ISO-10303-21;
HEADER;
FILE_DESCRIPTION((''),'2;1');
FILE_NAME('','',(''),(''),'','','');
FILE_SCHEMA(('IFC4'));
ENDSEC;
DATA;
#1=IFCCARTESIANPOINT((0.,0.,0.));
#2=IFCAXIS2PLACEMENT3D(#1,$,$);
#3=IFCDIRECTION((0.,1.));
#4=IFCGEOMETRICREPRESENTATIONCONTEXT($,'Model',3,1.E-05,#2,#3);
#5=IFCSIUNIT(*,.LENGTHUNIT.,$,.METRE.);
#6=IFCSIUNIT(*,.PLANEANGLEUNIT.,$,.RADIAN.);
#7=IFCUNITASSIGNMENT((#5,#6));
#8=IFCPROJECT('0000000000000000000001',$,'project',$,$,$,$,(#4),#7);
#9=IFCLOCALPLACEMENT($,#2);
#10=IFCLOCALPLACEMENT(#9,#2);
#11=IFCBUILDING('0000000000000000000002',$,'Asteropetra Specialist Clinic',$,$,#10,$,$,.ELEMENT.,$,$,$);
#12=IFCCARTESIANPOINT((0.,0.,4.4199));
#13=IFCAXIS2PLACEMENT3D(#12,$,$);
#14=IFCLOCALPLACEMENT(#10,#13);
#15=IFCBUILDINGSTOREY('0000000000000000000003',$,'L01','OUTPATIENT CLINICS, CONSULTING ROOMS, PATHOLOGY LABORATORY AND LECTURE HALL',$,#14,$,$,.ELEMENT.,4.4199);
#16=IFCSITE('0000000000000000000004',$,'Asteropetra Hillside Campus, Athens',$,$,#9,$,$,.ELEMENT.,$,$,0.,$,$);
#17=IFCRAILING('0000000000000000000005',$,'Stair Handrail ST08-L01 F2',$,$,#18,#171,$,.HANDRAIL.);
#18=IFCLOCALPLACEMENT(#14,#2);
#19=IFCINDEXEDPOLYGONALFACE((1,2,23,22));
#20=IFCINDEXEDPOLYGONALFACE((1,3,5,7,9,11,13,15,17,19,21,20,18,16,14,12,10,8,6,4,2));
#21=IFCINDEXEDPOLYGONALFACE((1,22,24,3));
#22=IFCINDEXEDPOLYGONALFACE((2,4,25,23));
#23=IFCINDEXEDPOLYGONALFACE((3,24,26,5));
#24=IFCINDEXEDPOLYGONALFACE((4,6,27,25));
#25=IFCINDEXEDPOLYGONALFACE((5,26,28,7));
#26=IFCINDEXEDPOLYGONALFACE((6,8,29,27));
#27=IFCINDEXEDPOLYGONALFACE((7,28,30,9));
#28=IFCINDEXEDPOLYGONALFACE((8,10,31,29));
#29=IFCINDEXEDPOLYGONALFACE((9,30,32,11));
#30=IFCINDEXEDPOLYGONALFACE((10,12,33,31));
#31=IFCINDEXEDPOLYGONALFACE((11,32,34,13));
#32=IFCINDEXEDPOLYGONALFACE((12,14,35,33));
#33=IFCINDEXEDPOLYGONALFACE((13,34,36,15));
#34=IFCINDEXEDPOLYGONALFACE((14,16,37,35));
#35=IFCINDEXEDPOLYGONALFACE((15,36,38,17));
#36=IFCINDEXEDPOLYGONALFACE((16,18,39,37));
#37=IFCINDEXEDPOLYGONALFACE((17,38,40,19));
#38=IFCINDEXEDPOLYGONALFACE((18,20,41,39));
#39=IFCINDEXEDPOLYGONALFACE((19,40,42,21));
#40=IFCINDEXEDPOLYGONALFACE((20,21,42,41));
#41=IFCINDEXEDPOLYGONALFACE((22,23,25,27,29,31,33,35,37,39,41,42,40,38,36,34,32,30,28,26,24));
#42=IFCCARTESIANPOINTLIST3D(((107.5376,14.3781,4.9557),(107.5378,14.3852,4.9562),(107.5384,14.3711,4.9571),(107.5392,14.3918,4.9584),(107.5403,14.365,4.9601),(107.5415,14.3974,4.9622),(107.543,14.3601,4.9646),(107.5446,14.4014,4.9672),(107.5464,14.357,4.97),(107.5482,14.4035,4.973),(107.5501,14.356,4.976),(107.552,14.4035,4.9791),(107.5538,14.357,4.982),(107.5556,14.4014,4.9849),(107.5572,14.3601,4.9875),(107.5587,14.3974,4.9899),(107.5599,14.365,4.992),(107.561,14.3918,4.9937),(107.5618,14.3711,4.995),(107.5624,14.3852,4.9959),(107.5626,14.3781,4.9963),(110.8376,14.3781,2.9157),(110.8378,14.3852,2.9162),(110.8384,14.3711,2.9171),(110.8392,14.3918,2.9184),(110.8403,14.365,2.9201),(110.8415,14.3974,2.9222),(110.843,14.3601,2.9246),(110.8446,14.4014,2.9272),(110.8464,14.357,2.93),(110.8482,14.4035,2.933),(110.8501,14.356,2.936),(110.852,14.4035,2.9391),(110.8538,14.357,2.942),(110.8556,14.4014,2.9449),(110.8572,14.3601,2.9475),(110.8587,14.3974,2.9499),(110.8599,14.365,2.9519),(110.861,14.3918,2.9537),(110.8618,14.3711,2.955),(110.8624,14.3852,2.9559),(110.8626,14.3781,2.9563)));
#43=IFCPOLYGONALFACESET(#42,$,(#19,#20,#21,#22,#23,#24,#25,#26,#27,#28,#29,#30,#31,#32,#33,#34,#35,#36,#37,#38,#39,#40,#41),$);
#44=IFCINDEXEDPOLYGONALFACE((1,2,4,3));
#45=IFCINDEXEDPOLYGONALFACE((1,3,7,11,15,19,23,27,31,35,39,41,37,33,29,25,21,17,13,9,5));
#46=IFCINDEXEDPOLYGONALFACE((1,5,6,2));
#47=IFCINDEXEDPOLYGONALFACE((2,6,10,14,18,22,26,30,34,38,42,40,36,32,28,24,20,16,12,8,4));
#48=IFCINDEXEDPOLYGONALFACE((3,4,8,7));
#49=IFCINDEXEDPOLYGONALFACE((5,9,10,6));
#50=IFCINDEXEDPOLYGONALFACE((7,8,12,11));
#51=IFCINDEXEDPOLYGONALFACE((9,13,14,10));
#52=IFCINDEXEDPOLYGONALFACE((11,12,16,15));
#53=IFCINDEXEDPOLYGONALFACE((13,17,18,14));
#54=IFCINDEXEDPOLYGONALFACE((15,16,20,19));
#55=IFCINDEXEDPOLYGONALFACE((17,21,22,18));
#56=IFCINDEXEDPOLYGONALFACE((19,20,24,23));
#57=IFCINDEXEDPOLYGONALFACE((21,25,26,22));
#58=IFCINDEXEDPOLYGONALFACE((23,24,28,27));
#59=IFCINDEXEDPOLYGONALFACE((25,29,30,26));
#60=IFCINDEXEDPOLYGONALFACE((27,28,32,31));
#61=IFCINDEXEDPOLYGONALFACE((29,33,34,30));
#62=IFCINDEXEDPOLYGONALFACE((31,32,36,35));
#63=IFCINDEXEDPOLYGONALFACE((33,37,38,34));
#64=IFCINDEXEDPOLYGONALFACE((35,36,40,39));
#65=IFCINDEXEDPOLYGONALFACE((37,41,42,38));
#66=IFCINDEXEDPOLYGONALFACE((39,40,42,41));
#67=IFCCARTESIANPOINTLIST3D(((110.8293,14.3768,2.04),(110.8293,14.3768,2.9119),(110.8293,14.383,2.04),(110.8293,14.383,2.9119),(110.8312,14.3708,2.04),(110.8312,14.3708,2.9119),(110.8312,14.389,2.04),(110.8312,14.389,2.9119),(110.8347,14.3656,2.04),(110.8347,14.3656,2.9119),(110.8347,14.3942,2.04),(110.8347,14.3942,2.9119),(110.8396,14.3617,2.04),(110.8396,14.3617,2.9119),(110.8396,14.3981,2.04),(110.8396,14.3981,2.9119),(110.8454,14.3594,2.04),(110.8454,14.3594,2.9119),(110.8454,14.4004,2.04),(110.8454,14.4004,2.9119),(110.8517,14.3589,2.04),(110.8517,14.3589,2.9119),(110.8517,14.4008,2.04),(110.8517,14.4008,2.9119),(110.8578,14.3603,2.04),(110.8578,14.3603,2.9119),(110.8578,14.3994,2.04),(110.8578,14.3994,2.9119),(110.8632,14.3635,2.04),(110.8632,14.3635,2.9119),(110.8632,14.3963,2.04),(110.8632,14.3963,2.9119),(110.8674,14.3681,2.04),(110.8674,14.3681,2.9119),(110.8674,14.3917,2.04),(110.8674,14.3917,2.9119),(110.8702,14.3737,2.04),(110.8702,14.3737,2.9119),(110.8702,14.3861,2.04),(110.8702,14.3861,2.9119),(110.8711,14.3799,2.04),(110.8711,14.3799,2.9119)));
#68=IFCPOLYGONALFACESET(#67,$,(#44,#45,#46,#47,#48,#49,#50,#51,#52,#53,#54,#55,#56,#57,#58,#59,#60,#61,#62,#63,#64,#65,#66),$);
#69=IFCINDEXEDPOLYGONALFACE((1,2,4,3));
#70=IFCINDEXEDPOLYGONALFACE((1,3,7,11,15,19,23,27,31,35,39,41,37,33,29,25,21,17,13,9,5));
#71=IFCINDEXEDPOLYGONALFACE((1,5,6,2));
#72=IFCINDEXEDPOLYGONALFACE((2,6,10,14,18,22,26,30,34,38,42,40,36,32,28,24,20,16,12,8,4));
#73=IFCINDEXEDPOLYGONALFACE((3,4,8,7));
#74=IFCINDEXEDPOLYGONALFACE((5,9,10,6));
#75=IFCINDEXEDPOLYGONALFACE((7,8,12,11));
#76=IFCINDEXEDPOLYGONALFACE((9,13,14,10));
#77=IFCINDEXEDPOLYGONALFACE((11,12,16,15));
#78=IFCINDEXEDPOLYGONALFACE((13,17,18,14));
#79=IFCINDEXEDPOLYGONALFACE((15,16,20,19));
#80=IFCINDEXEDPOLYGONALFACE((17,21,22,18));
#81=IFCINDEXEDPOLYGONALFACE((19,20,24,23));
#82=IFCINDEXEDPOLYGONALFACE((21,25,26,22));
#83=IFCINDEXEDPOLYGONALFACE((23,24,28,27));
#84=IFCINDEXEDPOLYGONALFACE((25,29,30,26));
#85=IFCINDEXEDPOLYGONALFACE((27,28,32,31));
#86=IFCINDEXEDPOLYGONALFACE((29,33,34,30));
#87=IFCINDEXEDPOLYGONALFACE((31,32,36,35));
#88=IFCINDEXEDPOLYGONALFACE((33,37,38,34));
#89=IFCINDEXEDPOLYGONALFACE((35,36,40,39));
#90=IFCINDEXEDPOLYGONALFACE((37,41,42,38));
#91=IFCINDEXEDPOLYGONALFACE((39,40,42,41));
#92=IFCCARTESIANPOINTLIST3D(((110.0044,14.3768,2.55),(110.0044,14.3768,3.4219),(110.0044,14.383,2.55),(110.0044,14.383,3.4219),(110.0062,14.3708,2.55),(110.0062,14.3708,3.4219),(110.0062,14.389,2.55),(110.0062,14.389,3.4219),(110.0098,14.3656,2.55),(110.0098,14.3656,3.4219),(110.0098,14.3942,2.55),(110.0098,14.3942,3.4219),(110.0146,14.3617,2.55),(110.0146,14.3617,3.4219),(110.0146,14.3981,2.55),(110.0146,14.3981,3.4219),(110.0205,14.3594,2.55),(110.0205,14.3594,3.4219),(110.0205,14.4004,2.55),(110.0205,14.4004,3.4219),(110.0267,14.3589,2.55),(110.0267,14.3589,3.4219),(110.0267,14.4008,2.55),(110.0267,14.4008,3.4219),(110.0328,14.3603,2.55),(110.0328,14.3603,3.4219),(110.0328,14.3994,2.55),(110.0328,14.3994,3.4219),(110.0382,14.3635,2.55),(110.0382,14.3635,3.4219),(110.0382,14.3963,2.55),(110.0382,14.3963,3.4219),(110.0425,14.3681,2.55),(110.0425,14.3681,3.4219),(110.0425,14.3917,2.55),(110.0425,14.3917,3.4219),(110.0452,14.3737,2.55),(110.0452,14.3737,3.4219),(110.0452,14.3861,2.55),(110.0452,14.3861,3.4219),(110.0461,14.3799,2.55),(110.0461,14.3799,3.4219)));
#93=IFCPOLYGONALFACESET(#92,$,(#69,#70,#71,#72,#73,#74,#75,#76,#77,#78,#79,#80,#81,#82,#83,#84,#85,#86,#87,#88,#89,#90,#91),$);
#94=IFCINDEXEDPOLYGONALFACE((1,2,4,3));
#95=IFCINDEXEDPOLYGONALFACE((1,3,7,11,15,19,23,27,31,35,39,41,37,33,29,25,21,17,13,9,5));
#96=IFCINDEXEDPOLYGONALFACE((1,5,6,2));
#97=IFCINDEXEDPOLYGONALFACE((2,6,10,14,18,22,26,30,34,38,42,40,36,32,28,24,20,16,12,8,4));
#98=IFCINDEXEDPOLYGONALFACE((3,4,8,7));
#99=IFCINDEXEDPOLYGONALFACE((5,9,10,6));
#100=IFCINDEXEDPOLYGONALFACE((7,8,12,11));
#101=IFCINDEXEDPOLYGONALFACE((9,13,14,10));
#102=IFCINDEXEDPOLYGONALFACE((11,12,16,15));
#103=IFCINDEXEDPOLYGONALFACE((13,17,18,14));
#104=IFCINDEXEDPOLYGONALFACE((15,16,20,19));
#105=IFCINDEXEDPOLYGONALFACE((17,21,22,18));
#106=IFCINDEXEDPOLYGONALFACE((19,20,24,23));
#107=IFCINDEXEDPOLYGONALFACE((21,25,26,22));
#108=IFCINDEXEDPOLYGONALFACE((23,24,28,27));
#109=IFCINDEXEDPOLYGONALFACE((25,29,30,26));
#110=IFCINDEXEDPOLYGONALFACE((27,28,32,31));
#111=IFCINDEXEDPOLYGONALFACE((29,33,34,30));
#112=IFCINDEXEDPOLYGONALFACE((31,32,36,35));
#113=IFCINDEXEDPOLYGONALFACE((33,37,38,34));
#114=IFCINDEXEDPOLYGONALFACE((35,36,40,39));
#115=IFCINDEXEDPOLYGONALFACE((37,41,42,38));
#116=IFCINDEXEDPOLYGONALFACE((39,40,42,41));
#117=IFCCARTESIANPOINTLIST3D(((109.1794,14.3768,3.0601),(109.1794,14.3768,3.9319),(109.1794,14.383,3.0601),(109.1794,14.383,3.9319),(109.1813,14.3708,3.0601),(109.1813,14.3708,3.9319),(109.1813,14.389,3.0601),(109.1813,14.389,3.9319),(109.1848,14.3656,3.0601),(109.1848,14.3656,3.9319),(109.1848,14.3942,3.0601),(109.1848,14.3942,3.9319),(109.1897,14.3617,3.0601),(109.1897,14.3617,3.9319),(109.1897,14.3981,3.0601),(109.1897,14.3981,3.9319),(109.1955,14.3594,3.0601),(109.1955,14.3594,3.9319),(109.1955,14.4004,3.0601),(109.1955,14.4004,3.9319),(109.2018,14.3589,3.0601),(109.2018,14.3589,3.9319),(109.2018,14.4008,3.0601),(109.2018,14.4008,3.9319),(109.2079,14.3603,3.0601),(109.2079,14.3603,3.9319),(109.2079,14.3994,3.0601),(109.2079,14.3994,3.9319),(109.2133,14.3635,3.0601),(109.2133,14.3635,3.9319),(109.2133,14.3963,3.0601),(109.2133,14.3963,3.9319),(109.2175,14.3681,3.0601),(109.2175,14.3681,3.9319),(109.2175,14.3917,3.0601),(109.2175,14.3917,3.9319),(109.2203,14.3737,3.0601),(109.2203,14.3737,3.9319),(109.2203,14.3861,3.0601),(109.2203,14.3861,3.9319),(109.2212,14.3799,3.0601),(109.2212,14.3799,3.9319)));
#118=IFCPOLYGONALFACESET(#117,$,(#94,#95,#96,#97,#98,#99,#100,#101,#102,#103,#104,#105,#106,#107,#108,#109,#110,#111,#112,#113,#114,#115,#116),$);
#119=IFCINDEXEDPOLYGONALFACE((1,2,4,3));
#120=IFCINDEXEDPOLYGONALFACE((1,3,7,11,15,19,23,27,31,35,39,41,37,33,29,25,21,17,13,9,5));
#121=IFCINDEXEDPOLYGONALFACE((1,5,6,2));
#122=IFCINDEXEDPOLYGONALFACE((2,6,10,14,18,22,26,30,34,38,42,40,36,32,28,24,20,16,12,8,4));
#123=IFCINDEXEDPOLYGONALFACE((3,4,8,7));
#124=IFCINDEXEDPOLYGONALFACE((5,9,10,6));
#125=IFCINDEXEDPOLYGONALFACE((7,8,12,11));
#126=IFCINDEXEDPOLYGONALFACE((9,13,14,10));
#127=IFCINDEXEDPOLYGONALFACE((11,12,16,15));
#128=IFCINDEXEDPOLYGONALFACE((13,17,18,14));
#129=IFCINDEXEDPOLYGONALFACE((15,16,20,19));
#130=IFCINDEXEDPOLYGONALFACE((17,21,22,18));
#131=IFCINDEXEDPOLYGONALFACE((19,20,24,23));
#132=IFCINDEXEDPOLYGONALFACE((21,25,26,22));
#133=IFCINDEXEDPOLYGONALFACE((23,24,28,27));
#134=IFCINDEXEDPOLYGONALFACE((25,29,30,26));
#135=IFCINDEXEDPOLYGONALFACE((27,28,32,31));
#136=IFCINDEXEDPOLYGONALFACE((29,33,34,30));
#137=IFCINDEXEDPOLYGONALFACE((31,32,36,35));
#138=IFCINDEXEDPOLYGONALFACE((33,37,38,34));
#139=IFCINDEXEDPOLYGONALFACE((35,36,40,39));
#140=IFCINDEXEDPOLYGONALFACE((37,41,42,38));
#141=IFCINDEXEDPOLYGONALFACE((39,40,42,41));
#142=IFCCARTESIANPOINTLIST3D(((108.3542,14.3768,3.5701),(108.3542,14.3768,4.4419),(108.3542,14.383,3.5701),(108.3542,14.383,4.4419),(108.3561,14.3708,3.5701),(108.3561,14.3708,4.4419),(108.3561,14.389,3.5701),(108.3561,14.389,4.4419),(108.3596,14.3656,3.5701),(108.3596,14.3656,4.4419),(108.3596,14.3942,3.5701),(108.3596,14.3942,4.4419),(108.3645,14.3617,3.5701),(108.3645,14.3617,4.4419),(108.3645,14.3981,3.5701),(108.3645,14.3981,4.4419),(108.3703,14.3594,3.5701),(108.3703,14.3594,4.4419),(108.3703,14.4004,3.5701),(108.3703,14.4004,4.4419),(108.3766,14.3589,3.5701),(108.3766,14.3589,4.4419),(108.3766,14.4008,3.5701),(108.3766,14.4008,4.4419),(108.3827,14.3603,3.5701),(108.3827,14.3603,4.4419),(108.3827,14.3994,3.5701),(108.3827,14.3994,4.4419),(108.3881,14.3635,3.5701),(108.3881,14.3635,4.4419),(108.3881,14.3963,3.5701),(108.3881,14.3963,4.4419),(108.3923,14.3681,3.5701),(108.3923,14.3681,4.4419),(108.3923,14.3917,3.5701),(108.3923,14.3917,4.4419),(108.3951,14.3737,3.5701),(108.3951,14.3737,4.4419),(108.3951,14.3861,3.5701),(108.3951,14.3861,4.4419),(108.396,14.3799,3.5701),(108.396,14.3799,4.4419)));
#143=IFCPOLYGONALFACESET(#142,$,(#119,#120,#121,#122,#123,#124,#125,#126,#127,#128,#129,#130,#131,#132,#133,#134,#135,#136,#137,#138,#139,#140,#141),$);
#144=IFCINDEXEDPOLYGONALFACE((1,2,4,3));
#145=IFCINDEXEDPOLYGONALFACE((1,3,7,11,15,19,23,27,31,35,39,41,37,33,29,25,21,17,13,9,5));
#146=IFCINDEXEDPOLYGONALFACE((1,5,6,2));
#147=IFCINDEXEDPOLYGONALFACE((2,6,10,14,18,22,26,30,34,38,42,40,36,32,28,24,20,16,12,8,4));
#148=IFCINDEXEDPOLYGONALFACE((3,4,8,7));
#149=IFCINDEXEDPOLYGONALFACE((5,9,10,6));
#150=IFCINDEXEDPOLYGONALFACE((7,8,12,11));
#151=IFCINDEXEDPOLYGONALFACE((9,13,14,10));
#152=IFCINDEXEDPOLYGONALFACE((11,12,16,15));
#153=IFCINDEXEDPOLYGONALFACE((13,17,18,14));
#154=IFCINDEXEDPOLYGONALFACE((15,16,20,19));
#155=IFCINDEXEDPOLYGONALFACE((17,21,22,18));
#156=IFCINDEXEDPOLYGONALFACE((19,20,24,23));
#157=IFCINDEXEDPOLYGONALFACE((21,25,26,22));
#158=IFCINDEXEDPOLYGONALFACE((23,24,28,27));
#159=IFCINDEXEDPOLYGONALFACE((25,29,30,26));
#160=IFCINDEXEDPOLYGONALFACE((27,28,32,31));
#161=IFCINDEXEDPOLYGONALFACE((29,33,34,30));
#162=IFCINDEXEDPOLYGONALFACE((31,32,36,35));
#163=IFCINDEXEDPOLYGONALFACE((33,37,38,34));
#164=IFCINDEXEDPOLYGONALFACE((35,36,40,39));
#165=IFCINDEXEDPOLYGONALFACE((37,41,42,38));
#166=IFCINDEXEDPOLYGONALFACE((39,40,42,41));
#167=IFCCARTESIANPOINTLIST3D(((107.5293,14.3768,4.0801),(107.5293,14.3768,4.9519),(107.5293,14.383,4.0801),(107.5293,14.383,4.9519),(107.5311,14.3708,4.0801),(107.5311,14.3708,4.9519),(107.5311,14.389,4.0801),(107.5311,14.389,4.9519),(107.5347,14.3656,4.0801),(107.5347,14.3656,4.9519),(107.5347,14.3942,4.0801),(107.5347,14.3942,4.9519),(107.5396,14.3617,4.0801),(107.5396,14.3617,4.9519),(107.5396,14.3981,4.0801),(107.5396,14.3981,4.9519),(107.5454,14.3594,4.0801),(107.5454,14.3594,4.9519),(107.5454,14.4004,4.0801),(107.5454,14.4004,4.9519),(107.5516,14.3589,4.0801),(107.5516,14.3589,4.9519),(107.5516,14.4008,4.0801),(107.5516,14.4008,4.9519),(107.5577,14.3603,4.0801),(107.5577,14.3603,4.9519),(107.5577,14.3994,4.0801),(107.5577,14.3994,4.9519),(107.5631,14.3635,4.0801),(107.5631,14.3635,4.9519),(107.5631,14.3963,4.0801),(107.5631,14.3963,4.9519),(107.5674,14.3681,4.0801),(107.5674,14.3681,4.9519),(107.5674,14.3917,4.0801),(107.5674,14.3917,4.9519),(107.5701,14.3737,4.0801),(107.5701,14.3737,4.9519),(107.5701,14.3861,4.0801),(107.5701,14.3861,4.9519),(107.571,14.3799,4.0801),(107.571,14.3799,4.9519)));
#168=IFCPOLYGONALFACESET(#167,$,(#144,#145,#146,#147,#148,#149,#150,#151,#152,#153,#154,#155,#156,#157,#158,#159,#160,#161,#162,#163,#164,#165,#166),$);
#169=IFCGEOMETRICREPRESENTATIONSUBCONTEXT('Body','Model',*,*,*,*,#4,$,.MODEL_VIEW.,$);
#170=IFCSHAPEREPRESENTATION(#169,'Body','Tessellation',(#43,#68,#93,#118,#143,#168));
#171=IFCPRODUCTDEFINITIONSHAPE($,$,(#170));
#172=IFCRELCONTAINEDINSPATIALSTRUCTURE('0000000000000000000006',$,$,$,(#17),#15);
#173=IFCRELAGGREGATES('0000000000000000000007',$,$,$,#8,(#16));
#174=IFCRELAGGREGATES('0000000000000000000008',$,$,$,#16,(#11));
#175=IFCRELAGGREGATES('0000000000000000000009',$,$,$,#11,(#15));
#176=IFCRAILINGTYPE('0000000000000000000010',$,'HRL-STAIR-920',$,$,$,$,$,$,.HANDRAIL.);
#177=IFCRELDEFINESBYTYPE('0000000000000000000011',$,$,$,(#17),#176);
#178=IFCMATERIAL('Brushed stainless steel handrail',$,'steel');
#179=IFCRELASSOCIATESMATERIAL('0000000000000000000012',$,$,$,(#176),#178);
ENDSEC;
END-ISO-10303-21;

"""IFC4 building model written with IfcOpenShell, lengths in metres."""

from ifc_helpers import new_model, si_unit, direction, frame, origin, origin_2d, place, context, subcontext, project, spatial, circle, extrude, material, type_object, element, save


model = new_model("IFC4")

# Units and contexts
model_context = context("Model", 3, precision=1e-05, world=origin(), true_north=direction((0.0, 1.0)))
body_context = subcontext(model_context, "Body", "Model", "MODEL_VIEW")
ifc_project = project(units=[si_unit("LENGTHUNIT", "METRE"), si_unit("PLANEANGLEUNIT", "RADIAN")], contexts=[model_context])

# Site, building, storey
site_placement = place(None, origin())
site = spatial("IfcSite", under=ifc_project, at=site_placement, Name="Asteropetra Hillside Campus, Athens", CompositionType="ELEMENT", RefElevation=0.0)
building_placement = place(site_placement, origin())
building = spatial("IfcBuilding", under=site, at=building_placement, Name="Asteropetra Specialist Clinic", CompositionType="ELEMENT")
storey_placement = place(building_placement, frame((0.0, 0.0, 4.4199)))
storey = spatial("IfcBuildingStorey", under=building, at=storey_placement, Name="L01", Description="OUTPATIENT CLINICS, CONSULTING ROOMS, PATHOLOGY LABORATORY AND LECTURE HALL", CompositionType="ELEMENT", Elevation=4.4199)

# Railing
ifc_material_1 = material(Name="Brushed stainless steel handrail", Category="steel")
railing_type_1 = type_object("IfcRailingType", Name="HRL-STAIR-920", PredefinedType="HANDRAIL", material=ifc_material_1)
railing_1_placement = place(storey_placement, frame((110.8501, 14.3799, 2.04)))
element("IfcRailing", 1, at=railing_1_placement, inside=storey, type_object=railing_type_1, Name="Stair Handrail ST08-L01 F2", PredefinedType="HANDRAIL", context=body_context, shape_type="SweptSolid", body=[
    extrude(circle(Radius=0.0239, at=origin_2d()), frame((0.0, 0.0, 0.896), z_axis=(-0.850594, 0.0, 0.525824), x_axis=(0.0, -1.0, 0.0)), (0.0, 0.0, 1.0), 3.8796),
    extrude(circle(Radius=0.021, at=origin_2d()), origin(), (0.0, 0.0, 1.0), 0.8718),
    extrude(circle(Radius=0.021, at=origin_2d()), frame((-0.825, 0.0, 0.51)), (0.0, 0.0, 1.0), 0.8718),
    extrude(circle(Radius=0.021, at=origin_2d()), frame((-1.6499, 0.0, 1.02)), (0.0, 0.0, 1.0), 0.8718),
    extrude(circle(Radius=0.021, at=origin_2d()), frame((-2.4751, 0.0, 1.53)), (0.0, 0.0, 1.0), 0.8718),
    extrude(circle(Radius=0.021, at=origin_2d()), frame((-3.3, 0.0, 2.04)), (0.0, 0.0, 1.0), 0.8718),
])

save(model, "model.ifc")
